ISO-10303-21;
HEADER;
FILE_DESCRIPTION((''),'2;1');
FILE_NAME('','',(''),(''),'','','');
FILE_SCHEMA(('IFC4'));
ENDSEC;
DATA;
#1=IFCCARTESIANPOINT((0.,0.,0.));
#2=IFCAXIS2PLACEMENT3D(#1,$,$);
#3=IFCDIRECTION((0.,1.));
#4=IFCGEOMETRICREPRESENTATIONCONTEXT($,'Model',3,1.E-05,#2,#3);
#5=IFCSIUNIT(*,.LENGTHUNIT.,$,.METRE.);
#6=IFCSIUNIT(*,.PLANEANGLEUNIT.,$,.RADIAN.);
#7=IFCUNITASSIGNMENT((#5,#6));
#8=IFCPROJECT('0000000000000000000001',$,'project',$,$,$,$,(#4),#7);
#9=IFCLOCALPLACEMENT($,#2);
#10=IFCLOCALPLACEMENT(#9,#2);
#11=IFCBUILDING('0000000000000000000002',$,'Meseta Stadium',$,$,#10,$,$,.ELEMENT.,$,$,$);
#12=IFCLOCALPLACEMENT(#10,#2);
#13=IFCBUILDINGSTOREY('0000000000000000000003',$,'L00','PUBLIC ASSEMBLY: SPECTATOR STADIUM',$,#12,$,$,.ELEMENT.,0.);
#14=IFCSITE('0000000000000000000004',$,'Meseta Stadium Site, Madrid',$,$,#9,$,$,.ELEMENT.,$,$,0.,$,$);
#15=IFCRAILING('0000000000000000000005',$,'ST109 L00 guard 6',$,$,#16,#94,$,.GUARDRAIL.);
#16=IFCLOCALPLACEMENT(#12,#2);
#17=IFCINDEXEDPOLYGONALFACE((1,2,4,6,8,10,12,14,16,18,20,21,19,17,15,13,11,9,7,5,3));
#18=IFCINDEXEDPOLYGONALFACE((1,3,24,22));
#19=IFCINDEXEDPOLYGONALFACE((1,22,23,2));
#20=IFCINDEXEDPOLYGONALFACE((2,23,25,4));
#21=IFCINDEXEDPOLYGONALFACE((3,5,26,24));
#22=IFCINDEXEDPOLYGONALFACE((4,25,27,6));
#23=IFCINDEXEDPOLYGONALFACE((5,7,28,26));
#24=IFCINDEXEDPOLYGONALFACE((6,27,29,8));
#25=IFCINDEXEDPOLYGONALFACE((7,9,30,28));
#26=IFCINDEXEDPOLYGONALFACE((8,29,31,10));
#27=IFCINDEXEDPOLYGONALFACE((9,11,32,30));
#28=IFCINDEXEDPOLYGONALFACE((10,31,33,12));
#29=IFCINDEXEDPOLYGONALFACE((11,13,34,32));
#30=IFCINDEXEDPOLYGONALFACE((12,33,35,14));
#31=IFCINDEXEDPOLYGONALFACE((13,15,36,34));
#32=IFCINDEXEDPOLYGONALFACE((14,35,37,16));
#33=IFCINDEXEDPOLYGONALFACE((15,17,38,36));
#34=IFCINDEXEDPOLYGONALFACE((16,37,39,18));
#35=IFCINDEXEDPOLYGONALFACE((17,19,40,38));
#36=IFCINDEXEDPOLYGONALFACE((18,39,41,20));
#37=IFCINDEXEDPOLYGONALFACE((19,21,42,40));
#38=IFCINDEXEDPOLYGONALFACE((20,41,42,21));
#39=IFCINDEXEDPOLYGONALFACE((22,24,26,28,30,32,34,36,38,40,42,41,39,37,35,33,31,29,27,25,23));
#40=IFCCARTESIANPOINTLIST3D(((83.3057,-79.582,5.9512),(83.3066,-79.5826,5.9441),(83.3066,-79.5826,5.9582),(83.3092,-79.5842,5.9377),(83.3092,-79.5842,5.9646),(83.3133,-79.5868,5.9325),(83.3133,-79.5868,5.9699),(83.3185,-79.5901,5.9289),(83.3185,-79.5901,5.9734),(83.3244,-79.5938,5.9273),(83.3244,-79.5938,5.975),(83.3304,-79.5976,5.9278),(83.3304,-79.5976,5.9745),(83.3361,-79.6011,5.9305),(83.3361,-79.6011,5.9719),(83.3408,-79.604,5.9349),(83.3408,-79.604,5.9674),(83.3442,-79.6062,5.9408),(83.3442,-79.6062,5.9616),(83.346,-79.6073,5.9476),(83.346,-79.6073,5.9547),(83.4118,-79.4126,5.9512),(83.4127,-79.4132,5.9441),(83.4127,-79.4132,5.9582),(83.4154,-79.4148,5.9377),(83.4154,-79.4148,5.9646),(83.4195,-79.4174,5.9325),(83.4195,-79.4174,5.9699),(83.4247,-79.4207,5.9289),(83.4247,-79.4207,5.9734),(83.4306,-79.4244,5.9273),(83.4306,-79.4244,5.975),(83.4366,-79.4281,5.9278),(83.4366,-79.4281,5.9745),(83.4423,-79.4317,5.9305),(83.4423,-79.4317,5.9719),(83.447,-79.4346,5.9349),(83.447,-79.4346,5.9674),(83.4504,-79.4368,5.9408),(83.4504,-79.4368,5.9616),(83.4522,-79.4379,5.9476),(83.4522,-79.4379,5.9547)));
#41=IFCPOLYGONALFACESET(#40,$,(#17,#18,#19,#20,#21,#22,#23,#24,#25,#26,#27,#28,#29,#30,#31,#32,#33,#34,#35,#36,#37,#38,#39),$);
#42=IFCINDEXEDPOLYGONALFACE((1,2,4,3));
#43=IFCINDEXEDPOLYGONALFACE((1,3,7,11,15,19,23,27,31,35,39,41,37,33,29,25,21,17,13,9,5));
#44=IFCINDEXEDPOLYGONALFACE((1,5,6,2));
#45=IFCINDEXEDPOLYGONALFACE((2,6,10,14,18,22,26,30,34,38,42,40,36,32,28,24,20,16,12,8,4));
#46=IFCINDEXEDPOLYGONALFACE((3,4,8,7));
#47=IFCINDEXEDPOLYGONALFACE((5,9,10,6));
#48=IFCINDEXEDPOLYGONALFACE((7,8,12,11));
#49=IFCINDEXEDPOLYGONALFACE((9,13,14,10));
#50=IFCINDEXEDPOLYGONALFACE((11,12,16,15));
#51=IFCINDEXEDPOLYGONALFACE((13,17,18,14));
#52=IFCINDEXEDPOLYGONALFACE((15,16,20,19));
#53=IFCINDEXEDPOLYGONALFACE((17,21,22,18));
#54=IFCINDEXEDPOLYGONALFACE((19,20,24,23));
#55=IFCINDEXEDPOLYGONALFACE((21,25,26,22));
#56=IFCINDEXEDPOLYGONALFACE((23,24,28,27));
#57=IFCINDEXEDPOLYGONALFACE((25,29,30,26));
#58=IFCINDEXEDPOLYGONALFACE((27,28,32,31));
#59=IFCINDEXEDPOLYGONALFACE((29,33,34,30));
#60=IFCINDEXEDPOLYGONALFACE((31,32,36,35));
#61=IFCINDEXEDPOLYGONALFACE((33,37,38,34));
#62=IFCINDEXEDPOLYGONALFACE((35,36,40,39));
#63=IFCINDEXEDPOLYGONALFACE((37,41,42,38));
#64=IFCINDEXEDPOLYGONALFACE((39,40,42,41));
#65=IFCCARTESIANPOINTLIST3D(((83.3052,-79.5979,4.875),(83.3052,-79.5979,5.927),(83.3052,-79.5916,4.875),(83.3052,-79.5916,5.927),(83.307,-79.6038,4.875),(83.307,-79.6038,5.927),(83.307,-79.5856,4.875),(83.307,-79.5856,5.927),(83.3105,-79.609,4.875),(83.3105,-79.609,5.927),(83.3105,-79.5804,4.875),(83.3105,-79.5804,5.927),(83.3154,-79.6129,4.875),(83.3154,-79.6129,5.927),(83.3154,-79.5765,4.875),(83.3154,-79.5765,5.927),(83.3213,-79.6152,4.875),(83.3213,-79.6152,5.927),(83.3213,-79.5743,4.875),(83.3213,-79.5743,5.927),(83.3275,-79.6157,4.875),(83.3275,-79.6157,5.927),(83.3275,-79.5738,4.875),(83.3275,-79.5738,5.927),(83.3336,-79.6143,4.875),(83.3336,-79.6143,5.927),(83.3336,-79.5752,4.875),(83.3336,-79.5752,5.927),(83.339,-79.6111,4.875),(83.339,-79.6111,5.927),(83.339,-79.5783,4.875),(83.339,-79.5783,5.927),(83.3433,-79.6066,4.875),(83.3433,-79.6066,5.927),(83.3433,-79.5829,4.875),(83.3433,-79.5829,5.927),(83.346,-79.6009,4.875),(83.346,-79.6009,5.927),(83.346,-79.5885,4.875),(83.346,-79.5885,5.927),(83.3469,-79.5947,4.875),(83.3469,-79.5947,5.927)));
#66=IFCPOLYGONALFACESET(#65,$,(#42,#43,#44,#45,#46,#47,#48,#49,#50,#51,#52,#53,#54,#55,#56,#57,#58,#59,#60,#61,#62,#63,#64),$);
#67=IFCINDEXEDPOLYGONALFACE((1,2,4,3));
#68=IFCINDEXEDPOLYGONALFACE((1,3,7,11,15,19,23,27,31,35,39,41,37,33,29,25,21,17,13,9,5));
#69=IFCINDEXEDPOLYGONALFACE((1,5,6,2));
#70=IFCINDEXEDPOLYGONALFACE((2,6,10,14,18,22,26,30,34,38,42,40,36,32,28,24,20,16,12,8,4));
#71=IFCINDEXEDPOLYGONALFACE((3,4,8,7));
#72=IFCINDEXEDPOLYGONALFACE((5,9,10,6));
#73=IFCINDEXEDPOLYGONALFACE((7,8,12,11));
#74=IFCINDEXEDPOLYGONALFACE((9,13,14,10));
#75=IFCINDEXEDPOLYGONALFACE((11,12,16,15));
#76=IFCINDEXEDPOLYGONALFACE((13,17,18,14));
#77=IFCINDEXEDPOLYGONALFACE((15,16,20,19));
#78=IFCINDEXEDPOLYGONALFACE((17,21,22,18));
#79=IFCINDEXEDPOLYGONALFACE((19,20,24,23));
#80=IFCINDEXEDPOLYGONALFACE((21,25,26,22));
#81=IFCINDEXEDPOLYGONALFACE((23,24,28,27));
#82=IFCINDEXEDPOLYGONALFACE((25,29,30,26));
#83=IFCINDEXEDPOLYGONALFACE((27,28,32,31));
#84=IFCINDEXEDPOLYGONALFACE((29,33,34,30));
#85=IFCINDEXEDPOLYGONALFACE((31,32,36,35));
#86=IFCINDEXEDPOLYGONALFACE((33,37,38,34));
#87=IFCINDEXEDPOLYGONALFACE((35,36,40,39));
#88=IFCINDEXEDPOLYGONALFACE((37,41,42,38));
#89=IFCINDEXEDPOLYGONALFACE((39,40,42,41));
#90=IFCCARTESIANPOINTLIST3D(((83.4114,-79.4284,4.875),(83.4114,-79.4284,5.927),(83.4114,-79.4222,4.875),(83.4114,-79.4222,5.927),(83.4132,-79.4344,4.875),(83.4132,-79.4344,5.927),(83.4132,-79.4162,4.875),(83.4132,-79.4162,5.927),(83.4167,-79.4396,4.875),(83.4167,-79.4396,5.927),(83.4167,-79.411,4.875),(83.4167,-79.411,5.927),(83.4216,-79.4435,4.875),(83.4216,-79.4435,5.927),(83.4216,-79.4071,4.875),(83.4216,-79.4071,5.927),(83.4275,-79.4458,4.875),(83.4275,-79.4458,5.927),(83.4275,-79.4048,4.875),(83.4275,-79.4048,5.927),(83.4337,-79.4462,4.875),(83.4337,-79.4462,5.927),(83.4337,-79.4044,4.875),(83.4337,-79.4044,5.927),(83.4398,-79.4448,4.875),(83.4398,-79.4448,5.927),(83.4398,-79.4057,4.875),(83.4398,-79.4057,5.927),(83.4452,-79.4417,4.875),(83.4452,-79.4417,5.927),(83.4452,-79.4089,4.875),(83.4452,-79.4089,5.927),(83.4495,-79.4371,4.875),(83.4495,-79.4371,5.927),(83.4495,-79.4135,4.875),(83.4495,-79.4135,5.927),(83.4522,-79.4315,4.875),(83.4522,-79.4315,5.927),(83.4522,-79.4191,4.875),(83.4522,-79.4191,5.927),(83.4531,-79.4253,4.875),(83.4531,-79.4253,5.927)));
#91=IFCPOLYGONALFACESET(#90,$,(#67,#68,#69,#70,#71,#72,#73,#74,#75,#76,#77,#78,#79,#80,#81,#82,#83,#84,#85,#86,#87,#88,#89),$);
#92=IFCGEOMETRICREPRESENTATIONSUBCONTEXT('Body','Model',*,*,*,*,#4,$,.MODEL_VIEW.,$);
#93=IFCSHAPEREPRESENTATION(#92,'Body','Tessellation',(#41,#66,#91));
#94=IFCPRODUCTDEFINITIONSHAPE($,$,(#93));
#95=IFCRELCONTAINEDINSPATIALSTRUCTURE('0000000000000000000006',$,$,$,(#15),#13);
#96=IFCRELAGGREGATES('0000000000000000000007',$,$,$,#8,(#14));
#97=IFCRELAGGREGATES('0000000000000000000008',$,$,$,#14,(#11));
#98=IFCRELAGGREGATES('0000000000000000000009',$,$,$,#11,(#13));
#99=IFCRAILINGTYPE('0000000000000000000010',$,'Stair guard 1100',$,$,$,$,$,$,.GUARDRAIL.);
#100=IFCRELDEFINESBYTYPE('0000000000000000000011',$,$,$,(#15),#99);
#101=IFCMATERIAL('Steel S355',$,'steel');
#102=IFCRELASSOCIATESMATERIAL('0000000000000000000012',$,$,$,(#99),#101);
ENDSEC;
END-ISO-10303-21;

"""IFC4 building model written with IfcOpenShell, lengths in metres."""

from ifc_helpers import new_model, si_unit, direction, frame, origin, origin_2d, place, context, subcontext, project, spatial, circle, extrude, material, type_object, element, save


model = new_model("IFC4")

# Units and contexts
model_context = context("Model", 3, precision=1e-05, world=origin(), true_north=direction((0.0, 1.0)))
body_context = subcontext(model_context, "Body", "Model", "MODEL_VIEW")
ifc_project = project(units=[si_unit("LENGTHUNIT", "METRE"), si_unit("PLANEANGLEUNIT", "RADIAN")], contexts=[model_context])

# Site, building, storey
site_placement = place(None, origin())
site = spatial("IfcSite", under=ifc_project, at=site_placement, Name="Meseta Stadium Site, Madrid", CompositionType="ELEMENT", RefElevation=0.0)
building_placement = place(site_placement, origin())
building = spatial("IfcBuilding", under=site, at=building_placement, Name="Meseta Stadium", CompositionType="ELEMENT")
storey_placement = place(building_placement, origin())
storey = spatial("IfcBuildingStorey", under=building, at=storey_placement, Name="L00", Description="PUBLIC ASSEMBLY: SPECTATOR STADIUM", CompositionType="ELEMENT", Elevation=0.0)

# Railing
ifc_material_1 = material(Name="Steel S355", Category="steel")
railing_type_1 = type_object("IfcRailingType", Name="Stair guard 1100", PredefinedType="GUARDRAIL", material=ifc_material_1)
railing_1_placement = place(storey_placement, frame((83.3259, -79.5947, 4.875)))
element("IfcRailing", 1, at=railing_1_placement, inside=storey, type_object=railing_type_1, Name="ST109 L00 guard 6", PredefinedType="GUARDRAIL", context=body_context, shape_type="SweptSolid", body=[
    extrude(circle(Radius=0.0239, at=origin_2d()), frame((0.0, 0.0, 1.0762), z_axis=(0.531096, 0.847312, 0.0), x_axis=(-0.847312, 0.531096, 0.0)), (0.0, 0.0, 1.0), 0.2),
    extrude(circle(Radius=0.021, at=origin_2d()), origin(), (0.0, 0.0, 1.0), 1.052),
    extrude(circle(Radius=0.021, at=origin_2d()), frame((0.1062, 0.1694, 0.0)), (0.0, 0.0, 1.0), 1.052),
])

save(model, "model.ifc")
